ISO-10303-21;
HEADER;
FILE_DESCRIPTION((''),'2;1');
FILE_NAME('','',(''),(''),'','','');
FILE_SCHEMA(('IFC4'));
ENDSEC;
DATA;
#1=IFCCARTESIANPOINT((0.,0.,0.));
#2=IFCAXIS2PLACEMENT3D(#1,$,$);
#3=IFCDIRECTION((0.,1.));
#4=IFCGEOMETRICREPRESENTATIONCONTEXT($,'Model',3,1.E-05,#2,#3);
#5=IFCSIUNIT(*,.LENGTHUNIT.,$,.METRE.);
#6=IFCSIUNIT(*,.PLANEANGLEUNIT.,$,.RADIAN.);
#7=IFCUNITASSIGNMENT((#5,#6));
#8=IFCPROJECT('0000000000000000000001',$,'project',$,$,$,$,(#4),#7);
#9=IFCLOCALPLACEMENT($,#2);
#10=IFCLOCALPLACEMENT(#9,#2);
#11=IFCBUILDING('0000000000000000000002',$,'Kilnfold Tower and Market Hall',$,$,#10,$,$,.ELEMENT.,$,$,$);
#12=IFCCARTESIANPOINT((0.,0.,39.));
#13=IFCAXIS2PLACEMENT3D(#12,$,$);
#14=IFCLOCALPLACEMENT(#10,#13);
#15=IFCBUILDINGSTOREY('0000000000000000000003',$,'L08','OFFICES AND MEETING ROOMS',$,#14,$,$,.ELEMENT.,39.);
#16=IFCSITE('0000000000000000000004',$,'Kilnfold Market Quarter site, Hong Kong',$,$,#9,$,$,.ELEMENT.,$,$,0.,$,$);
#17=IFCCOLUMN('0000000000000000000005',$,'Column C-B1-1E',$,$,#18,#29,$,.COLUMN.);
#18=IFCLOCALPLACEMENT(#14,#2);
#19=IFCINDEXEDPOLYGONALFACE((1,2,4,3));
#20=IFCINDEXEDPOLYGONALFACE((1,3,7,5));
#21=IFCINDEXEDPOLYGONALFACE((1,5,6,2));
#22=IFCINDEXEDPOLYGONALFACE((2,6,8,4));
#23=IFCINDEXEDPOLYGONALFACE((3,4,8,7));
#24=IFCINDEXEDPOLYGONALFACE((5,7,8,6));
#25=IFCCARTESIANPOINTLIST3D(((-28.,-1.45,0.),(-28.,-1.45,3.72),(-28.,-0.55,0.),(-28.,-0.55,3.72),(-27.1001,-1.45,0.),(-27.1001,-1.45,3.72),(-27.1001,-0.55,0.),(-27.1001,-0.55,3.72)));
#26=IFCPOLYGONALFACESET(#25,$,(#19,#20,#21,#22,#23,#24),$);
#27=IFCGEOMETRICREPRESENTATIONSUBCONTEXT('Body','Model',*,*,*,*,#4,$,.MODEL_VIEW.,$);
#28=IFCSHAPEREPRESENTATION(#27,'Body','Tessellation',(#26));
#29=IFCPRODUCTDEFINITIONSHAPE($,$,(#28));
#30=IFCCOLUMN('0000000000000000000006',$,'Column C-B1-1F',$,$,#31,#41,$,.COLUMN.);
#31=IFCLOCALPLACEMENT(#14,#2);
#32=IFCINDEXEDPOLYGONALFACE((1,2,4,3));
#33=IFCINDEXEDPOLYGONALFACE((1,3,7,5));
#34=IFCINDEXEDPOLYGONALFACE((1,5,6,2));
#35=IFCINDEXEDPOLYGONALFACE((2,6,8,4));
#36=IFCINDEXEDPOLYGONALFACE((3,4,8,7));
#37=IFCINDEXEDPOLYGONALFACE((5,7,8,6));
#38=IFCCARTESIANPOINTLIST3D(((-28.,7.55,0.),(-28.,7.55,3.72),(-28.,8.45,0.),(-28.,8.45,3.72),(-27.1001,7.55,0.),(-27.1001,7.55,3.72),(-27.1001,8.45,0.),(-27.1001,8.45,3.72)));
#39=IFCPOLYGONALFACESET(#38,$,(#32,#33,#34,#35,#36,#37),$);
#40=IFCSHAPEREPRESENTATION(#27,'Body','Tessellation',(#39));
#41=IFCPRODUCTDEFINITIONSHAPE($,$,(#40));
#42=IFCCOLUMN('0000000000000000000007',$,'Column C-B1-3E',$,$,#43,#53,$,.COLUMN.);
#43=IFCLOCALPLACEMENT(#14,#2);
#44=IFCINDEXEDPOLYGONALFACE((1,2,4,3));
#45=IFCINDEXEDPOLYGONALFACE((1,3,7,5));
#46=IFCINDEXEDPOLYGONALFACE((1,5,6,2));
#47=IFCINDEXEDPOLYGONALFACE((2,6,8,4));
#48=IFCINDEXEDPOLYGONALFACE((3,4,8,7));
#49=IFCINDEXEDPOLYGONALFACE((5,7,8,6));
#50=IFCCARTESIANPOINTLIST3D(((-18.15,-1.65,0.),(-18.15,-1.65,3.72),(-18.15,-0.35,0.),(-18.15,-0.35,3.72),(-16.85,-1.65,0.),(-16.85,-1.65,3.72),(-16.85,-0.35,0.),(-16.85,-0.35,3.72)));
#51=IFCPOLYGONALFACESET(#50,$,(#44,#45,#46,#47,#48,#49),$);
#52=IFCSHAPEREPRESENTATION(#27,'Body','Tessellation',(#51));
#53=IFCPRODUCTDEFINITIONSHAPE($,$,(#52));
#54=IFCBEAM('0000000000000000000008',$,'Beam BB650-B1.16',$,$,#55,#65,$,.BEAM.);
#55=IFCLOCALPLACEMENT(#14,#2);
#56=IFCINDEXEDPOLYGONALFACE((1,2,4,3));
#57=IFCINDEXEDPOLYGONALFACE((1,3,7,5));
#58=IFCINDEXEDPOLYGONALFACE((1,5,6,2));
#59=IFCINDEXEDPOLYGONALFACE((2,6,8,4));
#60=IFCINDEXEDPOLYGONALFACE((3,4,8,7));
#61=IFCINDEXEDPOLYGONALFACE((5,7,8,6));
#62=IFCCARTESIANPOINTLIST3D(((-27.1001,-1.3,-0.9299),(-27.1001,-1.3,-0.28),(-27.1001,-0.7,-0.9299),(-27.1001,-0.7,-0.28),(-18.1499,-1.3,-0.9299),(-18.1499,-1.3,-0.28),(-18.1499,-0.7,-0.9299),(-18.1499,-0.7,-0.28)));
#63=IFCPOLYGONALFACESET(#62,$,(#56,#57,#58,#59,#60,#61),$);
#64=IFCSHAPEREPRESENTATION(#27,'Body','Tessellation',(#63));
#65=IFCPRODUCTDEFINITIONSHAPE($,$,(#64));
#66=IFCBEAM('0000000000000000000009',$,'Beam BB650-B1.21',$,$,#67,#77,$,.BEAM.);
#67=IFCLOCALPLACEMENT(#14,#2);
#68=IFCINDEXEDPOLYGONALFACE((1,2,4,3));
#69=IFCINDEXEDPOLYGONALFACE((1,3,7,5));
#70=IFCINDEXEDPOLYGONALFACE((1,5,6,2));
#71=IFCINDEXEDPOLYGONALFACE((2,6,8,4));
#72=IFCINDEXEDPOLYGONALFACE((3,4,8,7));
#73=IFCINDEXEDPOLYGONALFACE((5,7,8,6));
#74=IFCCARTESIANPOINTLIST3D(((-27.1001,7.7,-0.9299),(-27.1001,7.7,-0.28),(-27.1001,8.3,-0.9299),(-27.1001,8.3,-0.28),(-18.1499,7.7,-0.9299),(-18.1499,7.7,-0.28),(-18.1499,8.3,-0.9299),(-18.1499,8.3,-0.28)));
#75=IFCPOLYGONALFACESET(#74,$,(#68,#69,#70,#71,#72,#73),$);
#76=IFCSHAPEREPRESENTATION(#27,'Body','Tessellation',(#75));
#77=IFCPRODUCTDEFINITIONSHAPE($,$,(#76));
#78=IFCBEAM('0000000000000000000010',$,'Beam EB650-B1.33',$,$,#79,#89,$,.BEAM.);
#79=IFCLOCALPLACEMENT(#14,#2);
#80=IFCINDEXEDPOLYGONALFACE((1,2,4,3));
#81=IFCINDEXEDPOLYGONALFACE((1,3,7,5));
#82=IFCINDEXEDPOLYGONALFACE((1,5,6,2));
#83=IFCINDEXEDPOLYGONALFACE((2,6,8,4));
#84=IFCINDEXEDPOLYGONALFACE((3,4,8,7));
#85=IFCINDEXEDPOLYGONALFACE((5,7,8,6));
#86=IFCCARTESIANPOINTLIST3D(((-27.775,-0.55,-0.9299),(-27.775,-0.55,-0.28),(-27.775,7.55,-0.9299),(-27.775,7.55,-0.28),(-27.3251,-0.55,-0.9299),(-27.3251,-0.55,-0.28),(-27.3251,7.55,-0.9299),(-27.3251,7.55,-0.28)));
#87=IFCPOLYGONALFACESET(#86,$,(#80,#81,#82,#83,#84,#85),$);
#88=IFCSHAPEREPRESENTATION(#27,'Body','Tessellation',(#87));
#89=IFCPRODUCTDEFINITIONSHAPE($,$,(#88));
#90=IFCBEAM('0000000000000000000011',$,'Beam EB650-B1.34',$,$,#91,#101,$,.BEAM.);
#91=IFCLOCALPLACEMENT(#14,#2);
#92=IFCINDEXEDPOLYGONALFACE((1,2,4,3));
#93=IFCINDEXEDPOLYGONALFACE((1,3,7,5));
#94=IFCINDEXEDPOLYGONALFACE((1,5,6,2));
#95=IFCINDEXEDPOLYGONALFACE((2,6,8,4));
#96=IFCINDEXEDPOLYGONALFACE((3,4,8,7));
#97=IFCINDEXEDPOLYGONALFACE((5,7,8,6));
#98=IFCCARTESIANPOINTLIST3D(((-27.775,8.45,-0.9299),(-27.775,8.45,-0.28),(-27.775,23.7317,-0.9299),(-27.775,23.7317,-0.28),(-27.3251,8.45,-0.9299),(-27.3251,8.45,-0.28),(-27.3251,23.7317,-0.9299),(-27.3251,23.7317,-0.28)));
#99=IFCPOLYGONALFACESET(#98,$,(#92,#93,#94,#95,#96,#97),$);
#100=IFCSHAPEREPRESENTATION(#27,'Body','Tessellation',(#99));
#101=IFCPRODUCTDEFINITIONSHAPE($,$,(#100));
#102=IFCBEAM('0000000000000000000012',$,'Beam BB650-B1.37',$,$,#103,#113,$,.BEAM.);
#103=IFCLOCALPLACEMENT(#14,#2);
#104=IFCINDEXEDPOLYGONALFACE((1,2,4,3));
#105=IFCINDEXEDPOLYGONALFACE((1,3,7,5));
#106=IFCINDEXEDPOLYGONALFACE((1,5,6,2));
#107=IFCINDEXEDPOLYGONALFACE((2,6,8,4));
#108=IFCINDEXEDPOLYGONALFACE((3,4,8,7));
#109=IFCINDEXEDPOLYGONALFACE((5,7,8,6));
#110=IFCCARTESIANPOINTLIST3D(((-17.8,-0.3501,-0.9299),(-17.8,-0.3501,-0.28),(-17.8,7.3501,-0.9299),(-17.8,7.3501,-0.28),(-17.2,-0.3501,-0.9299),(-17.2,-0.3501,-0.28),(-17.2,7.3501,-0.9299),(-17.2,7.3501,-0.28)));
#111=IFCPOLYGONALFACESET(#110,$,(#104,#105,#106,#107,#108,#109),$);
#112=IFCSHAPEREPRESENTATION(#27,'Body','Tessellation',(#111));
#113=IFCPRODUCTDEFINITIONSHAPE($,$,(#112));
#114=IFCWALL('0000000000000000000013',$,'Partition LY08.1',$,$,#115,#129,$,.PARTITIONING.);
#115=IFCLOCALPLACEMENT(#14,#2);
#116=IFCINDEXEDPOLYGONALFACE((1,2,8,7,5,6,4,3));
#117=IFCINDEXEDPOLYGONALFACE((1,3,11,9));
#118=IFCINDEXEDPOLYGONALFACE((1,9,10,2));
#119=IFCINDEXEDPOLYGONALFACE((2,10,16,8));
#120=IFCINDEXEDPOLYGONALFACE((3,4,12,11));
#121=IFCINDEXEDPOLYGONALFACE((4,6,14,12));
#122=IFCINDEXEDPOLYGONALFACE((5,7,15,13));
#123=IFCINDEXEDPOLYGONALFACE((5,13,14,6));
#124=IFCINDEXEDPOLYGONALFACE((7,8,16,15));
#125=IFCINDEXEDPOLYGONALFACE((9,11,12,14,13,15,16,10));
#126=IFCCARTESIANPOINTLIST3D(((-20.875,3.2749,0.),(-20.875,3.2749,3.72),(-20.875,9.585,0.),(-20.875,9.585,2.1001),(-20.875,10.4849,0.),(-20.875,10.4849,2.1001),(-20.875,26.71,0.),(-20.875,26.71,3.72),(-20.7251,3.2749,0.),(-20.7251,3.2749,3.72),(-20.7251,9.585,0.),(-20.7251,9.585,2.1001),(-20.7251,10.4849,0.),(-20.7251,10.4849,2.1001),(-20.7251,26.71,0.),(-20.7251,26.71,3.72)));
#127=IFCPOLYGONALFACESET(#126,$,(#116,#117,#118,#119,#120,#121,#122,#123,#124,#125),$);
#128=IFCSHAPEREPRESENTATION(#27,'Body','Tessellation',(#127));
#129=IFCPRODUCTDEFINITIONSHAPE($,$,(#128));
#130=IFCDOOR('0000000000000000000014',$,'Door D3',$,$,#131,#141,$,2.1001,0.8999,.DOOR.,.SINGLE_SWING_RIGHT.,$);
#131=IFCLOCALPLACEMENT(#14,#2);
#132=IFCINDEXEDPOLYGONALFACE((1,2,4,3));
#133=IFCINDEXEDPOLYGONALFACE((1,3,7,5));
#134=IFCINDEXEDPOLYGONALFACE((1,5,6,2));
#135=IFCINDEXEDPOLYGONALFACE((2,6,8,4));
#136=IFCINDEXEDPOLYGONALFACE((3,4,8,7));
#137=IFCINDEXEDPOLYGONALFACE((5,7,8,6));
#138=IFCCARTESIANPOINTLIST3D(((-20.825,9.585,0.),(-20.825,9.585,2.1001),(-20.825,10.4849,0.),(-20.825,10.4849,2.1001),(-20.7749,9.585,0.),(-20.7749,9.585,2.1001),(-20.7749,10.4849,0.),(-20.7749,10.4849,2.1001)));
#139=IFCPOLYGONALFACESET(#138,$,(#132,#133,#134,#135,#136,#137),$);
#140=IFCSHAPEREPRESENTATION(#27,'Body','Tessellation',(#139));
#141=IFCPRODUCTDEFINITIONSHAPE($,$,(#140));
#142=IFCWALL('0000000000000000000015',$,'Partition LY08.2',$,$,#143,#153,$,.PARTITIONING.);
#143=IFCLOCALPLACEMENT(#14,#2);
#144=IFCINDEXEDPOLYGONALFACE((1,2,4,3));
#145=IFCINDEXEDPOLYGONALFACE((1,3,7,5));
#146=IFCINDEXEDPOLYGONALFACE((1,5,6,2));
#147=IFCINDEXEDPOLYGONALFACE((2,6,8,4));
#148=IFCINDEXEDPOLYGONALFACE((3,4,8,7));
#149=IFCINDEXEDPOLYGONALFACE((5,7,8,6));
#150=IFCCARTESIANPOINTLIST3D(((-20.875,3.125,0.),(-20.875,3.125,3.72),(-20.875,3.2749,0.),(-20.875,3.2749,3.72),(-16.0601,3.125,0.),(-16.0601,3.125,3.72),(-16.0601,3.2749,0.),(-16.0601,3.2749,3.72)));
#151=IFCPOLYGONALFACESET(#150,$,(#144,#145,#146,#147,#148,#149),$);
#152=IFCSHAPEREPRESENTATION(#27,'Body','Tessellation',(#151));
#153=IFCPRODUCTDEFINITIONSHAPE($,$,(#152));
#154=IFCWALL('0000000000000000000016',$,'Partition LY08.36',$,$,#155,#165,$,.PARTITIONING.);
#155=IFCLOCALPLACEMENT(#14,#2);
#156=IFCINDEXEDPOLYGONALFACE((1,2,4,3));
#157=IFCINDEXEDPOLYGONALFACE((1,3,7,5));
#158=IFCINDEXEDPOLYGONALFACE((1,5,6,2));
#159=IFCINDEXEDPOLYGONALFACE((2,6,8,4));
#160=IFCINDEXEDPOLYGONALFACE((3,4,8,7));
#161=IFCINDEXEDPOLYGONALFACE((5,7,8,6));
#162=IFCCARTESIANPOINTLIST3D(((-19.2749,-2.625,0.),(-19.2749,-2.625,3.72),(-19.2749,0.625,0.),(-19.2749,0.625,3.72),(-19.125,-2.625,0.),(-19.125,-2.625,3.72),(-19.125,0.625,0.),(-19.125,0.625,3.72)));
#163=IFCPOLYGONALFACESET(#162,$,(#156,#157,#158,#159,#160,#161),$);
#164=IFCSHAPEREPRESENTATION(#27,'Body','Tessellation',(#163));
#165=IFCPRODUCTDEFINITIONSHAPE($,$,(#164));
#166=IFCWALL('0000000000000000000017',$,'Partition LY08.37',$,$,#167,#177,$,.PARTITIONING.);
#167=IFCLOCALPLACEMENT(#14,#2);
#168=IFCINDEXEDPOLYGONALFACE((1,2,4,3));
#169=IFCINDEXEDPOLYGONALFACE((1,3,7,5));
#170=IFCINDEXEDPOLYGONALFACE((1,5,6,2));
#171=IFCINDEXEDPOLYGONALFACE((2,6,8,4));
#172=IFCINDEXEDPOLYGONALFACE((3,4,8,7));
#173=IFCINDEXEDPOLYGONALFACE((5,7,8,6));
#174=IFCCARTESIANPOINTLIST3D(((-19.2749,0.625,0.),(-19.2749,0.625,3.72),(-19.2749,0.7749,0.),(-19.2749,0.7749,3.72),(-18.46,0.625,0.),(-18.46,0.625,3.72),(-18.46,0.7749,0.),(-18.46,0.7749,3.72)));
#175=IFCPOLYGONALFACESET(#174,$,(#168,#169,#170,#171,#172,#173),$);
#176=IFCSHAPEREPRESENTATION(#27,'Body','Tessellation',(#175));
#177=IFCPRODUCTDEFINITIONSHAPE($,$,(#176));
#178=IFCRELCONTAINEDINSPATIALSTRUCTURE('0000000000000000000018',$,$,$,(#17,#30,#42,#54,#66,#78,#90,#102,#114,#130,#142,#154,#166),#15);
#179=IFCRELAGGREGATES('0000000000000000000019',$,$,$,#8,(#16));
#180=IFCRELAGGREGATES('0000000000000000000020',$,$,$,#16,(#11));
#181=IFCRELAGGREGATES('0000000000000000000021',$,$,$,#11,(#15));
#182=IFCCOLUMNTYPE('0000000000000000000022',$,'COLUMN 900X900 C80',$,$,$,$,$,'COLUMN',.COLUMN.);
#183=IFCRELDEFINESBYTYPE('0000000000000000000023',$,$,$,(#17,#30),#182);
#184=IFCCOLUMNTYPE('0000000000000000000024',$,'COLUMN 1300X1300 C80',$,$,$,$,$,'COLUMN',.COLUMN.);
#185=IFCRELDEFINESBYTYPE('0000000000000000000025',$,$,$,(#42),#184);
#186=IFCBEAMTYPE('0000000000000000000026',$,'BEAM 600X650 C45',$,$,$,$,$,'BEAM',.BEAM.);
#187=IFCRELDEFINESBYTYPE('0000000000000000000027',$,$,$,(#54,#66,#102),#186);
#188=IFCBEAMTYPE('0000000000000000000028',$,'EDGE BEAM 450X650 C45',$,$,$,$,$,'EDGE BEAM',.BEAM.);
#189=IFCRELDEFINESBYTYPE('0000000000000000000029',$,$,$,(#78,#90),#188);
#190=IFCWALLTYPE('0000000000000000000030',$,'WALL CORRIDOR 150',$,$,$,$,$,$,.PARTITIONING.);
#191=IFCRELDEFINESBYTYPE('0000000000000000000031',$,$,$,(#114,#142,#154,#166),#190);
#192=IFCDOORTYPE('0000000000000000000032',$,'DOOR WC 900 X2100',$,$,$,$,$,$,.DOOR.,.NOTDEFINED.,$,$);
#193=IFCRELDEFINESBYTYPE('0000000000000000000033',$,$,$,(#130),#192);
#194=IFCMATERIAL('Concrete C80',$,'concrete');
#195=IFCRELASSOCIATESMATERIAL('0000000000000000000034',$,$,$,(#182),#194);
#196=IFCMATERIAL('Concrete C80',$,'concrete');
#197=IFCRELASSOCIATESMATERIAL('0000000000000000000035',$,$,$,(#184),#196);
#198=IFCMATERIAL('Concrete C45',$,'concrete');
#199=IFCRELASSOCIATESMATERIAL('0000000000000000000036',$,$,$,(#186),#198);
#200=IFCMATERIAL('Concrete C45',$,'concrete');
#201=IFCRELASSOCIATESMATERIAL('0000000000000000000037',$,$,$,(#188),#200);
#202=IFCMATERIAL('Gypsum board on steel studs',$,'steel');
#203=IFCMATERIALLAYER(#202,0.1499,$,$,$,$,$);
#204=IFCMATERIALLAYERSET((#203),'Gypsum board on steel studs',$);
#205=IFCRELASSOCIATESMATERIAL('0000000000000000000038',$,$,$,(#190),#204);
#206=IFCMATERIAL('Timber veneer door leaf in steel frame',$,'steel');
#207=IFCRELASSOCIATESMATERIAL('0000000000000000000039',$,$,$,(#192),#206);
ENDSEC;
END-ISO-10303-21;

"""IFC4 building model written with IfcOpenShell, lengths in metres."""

from ifc_helpers import new_model, si_unit, direction, frame, frame_2d, origin, origin_2d, place, context, subcontext, project, spatial, rectangle, extrude, source, transform, mapped, material, layer, layer_set, material_profile, profile_set, type_object, element, fill, save


model = new_model("IFC4")

# Units and contexts
model_context = context("Model", 3, precision=1e-05, world=origin(), true_north=direction((0.0, 1.0)))
body_context = subcontext(model_context, "Body", "Model", "MODEL_VIEW")
ifc_project = project(units=[si_unit("LENGTHUNIT", "METRE"), si_unit("PLANEANGLEUNIT", "RADIAN")], contexts=[model_context])

# Site, building, storey
site_placement = place(None, origin())
site = spatial("IfcSite", under=ifc_project, at=site_placement, Name="Kilnfold Market Quarter site, Hong Kong", CompositionType="ELEMENT", RefElevation=0.0)
building_placement = place(site_placement, origin())
building = spatial("IfcBuilding", under=site, at=building_placement, Name="Kilnfold Tower and Market Hall", CompositionType="ELEMENT")
storey_placement = place(building_placement, frame((0.0, 0.0, 39.0)))
storey = spatial("IfcBuildingStorey", under=building, at=storey_placement, Name="L08", Description="OFFICES AND MEETING ROOMS", CompositionType="ELEMENT", Elevation=39.0)

# Columns
ifc_material_1 = material(Name="Concrete C80", Category="concrete")
ifc_material_profile_1 = material_profile(ifc_material_1, rectangle(XDim=0.8999, YDim=0.8999, at=origin_2d()), Name="RC 900x900")
ifc_profile_set_1 = profile_set([ifc_material_profile_1], Name="Concrete C80")
column_type_1 = type_object("IfcColumnType", Name="COLUMN 900X900 C80", ElementType="COLUMN", PredefinedType="COLUMN", material=ifc_profile_set_1)
shared_shape_1 = source(origin(), body_context, "Body", "SweptSolid", [
    extrude(rectangle(XDim=0.8999, YDim=0.8999, at=origin_2d()), origin(), (0.0, 0.0, 1.0), 3.72),
])
for number, where, z_axis, x_axis, name in (
    (1, (-27.55, -1.0, 0.0), (0.0, 0.0, 1.0), (1.0, 0.0, 0.0), "Column C-B1-1E"),
    (2, (-27.55, 8.0, 0.0), (0.0, 0.0, 1.0), (1.0, 0.0, 0.0), "Column C-B1-1F"),
):
    element("IfcColumn", number, at=place(storey_placement, frame(where, z_axis=z_axis, x_axis=x_axis)), inside=storey, type_object=column_type_1, Name=name, PredefinedType="COLUMN", context=body_context, shape_type="MappedRepresentation", body=[
        mapped(shared_shape_1, transform((0.0, 0.0, 0.0))),
    ])
ifc_material_2 = material(Name="Concrete C80", Category="concrete")
ifc_material_profile_2 = material_profile(ifc_material_2, rectangle(XDim=1.3, YDim=1.3, at=origin_2d()), Name="RC 1300x1300")
ifc_profile_set_2 = profile_set([ifc_material_profile_2], Name="Concrete C80")
column_type_2 = type_object("IfcColumnType", Name="COLUMN 1300X1300 C80", ElementType="COLUMN", PredefinedType="COLUMN", material=ifc_profile_set_2)
shared_shape_2 = source(origin(), body_context, "Body", "SweptSolid", [
    extrude(rectangle(XDim=1.3, YDim=1.3, at=origin_2d()), origin(), (0.0, 0.0, 1.0), 3.72),
])
column_placement = place(storey_placement, frame((-17.5, -1.0, 0.0), z_axis=(0.0, 0.0, 1.0), x_axis=(1.0, 0.0, 0.0)))
element("IfcColumn", 3, at=column_placement, inside=storey, type_object=column_type_2, Name="Column C-B1-3E", PredefinedType="COLUMN", context=body_context, shape_type="MappedRepresentation", body=[
    mapped(shared_shape_2, transform((0.0, 0.0, 0.0))),
])

# Beams
ifc_material_3 = material(Name="Concrete C45", Category="concrete")
ifc_material_profile_3 = material_profile(ifc_material_3, rectangle(XDim=0.6001, YDim=0.6499, at=origin_2d()), Name="RC 600x650")
ifc_profile_set_3 = profile_set([ifc_material_profile_3], Name="Concrete C45")
beam_type_1 = type_object("IfcBeamType", Name="BEAM 600X650 C45", ElementType="BEAM", PredefinedType="BEAM", material=ifc_profile_set_3)
shared_shape_3 = source(origin(), body_context, "Body", "SweptSolid", [
    extrude(rectangle(XDim=0.6001, YDim=0.6499, at=origin_2d()), origin(), (0.0, 0.0, 1.0), 8.9502),
])
for number, where, z_axis, x_axis, name in (
    (4, (-27.1001, -1.0, -0.605), (1.0, 0.0, 0.0), (0.0, 1.0, 0.0), "Beam BB650-B1.16"),
    (5, (-27.1001, 8.0, -0.605), (1.0, 0.0, 0.0), (0.0, 1.0, 0.0), "Beam BB650-B1.21"),
):
    element("IfcBeam", number, at=place(storey_placement, frame(where, z_axis=z_axis, x_axis=x_axis)), inside=storey, type_object=beam_type_1, Name=name, PredefinedType="BEAM", context=body_context, shape_type="MappedRepresentation", body=[
        mapped(shared_shape_3, transform((0.0, 0.0, 0.0))),
    ])
ifc_material_4 = material(Name="Concrete C45", Category="concrete")
ifc_material_profile_4 = material_profile(ifc_material_4, rectangle(XDim=0.45, YDim=0.6499, at=origin_2d()), Name="RC 450x650")
ifc_profile_set_4 = profile_set([ifc_material_profile_4], Name="Concrete C45")
beam_type_2 = type_object("IfcBeamType", Name="EDGE BEAM 450X650 C45", ElementType="EDGE BEAM", PredefinedType="BEAM", material=ifc_profile_set_4)
shared_shape_4 = source(origin(), body_context, "Body", "SweptSolid", [
    extrude(rectangle(XDim=0.45, YDim=0.6499, at=origin_2d()), origin(), (0.0, 0.0, 1.0), 8.1001),
])
beam_1_placement = place(storey_placement, frame((-27.55, -0.55, -0.605), z_axis=(0.0, 1.0, 0.0), x_axis=(-1.0, 0.0, 0.0)))
element("IfcBeam", 6, at=beam_1_placement, inside=storey, type_object=beam_type_2, Name="Beam EB650-B1.33", PredefinedType="BEAM", context=body_context, shape_type="MappedRepresentation", body=[
    mapped(shared_shape_4, transform((0.0, 0.0, 0.0))),
])
shared_shape_5 = source(origin(), body_context, "Body", "SweptSolid", [
    extrude(rectangle(XDim=0.45, YDim=0.6499, at=origin_2d()), origin(), (0.0, 0.0, 1.0), 15.2817),
])
beam_2_placement = place(storey_placement, frame((-27.55, 8.45, -0.605), z_axis=(0.0, 1.0, 0.0), x_axis=(-1.0, 0.0, 0.0)))
element("IfcBeam", 7, at=beam_2_placement, inside=storey, type_object=beam_type_2, Name="Beam EB650-B1.34", PredefinedType="BEAM", context=body_context, shape_type="MappedRepresentation", body=[
    mapped(shared_shape_5, transform((0.0, 0.0, 0.0))),
])
shared_shape_6 = source(origin(), body_context, "Body", "SweptSolid", [
    extrude(rectangle(XDim=0.6001, YDim=0.6499, at=origin_2d()), origin(), (0.0, 0.0, 1.0), 7.7002),
])
beam_3_placement = place(storey_placement, frame((-17.5, -0.3501, -0.605), z_axis=(0.0, 1.0, 0.0), x_axis=(-1.0, 0.0, 0.0)))
element("IfcBeam", 8, at=beam_3_placement, inside=storey, type_object=beam_type_1, Name="Beam BB650-B1.37", PredefinedType="BEAM", context=body_context, shape_type="MappedRepresentation", body=[
    mapped(shared_shape_6, transform((0.0, 0.0, 0.0))),
])

# Wall, opening, door
ifc_material_5 = material(Name="Gypsum board on steel studs", Category="steel")
ifc_layer_1 = layer(ifc_material_5, 0.1499)
ifc_layer_set_1 = layer_set([ifc_layer_1], Name="Gypsum board on steel studs")
wall_type_1 = type_object("IfcWallType", Name="WALL CORRIDOR 150", PredefinedType="PARTITIONING", material=ifc_layer_set_1)
wall_1_placement = place(storey_placement, frame((-20.8, 3.2749, 0.0), z_axis=(0.0, 0.0, 1.0), x_axis=(0.0, 1.0, 0.0)))
wall_1 = element("IfcWall", 9, at=wall_1_placement, inside=storey, type_object=wall_type_1, Name="Partition LY08.1", PredefinedType="PARTITIONING", context=body_context, shape_type="SweptSolid", body=[
    extrude(rectangle(XDim=23.4351, YDim=0.1499, at=frame_2d((11.7175, 0.0))), origin(), (0.0, 0.0, 1.0), 3.72),
])
opening_1_placement = place(wall_1_placement, frame((6.3101, 0.0, 0.0)))
opening_1 = element("IfcOpeningElement", 10, at=opening_1_placement, cuts=wall_1, PredefinedType="OPENING", context=body_context, shape_type="SweptSolid", body=[
    extrude(rectangle(XDim=0.8999, YDim=2.1001, at=frame_2d((0.45, 1.05))), frame((0.0, 0.085, 0.0), z_axis=(0.0, -1.0, 0.0), x_axis=(1.0, 0.0, 0.0)), (0.0, 0.0, 1.0), 0.1699),
])
ifc_material_6 = material(Name="Timber veneer door leaf in steel frame", Category="steel")
door_type = type_object("IfcDoorType", Name="DOOR WC 900 X2100", OperationType="NOTDEFINED", PredefinedType="DOOR", material=ifc_material_6)
door_placement = place(opening_1_placement, origin())
door = element("IfcDoor", 11, at=door_placement, inside=storey, type_object=door_type, Name="Door D3", OperationType="SINGLE_SWING_RIGHT", OverallHeight=2.1001, OverallWidth=0.8999, PredefinedType="DOOR", context=body_context, shape_type="SweptSolid", body=[
    extrude(rectangle(XDim=0.8999, YDim=2.1001, at=frame_2d((0.45, 1.05))), frame((0.0, 0.0249, 0.0), z_axis=(0.0, -1.0, 0.0), x_axis=(1.0, 0.0, 0.0)), (0.0, 0.0, 1.0), 0.05),
])
fill(opening_1, door)

# Walls
wall_2_placement = place(storey_placement, frame((-20.875, 3.2, 0.0), z_axis=(0.0, 0.0, 1.0), x_axis=(1.0, 0.0, 0.0)))
element("IfcWall", 12, at=wall_2_placement, inside=storey, type_object=wall_type_1, Name="Partition LY08.2", PredefinedType="PARTITIONING", context=body_context, shape_type="SweptSolid", body=[
    extrude(rectangle(XDim=4.8149, YDim=0.1499, at=frame_2d((2.4075, 0.0))), origin(), (0.0, 0.0, 1.0), 3.72),
])
wall_3_placement = place(storey_placement, frame((-19.2, 0.625, 0.0), z_axis=(0.0, 0.0, 1.0), x_axis=(0.0, -1.0, 0.0)))
element("IfcWall", 13, at=wall_3_placement, inside=storey, type_object=wall_type_1, Name="Partition LY08.36", PredefinedType="PARTITIONING", context=body_context, shape_type="SweptSolid", body=[
    extrude(rectangle(XDim=3.25, YDim=0.1499, at=frame_2d((1.625, 0.0))), origin(), (0.0, 0.0, 1.0), 3.72),
])
wall_4_placement = place(storey_placement, frame((-19.2749, 0.7, 0.0), z_axis=(0.0, 0.0, 1.0), x_axis=(1.0, 0.0, 0.0)))
element("IfcWall", 14, at=wall_4_placement, inside=storey, type_object=wall_type_1, Name="Partition LY08.37", PredefinedType="PARTITIONING", context=body_context, shape_type="SweptSolid", body=[
    extrude(rectangle(XDim=0.8149, YDim=0.1499, at=frame_2d((0.4075, 0.0))), origin(), (0.0, 0.0, 1.0), 3.72),
])

save(model, "model.ifc")
